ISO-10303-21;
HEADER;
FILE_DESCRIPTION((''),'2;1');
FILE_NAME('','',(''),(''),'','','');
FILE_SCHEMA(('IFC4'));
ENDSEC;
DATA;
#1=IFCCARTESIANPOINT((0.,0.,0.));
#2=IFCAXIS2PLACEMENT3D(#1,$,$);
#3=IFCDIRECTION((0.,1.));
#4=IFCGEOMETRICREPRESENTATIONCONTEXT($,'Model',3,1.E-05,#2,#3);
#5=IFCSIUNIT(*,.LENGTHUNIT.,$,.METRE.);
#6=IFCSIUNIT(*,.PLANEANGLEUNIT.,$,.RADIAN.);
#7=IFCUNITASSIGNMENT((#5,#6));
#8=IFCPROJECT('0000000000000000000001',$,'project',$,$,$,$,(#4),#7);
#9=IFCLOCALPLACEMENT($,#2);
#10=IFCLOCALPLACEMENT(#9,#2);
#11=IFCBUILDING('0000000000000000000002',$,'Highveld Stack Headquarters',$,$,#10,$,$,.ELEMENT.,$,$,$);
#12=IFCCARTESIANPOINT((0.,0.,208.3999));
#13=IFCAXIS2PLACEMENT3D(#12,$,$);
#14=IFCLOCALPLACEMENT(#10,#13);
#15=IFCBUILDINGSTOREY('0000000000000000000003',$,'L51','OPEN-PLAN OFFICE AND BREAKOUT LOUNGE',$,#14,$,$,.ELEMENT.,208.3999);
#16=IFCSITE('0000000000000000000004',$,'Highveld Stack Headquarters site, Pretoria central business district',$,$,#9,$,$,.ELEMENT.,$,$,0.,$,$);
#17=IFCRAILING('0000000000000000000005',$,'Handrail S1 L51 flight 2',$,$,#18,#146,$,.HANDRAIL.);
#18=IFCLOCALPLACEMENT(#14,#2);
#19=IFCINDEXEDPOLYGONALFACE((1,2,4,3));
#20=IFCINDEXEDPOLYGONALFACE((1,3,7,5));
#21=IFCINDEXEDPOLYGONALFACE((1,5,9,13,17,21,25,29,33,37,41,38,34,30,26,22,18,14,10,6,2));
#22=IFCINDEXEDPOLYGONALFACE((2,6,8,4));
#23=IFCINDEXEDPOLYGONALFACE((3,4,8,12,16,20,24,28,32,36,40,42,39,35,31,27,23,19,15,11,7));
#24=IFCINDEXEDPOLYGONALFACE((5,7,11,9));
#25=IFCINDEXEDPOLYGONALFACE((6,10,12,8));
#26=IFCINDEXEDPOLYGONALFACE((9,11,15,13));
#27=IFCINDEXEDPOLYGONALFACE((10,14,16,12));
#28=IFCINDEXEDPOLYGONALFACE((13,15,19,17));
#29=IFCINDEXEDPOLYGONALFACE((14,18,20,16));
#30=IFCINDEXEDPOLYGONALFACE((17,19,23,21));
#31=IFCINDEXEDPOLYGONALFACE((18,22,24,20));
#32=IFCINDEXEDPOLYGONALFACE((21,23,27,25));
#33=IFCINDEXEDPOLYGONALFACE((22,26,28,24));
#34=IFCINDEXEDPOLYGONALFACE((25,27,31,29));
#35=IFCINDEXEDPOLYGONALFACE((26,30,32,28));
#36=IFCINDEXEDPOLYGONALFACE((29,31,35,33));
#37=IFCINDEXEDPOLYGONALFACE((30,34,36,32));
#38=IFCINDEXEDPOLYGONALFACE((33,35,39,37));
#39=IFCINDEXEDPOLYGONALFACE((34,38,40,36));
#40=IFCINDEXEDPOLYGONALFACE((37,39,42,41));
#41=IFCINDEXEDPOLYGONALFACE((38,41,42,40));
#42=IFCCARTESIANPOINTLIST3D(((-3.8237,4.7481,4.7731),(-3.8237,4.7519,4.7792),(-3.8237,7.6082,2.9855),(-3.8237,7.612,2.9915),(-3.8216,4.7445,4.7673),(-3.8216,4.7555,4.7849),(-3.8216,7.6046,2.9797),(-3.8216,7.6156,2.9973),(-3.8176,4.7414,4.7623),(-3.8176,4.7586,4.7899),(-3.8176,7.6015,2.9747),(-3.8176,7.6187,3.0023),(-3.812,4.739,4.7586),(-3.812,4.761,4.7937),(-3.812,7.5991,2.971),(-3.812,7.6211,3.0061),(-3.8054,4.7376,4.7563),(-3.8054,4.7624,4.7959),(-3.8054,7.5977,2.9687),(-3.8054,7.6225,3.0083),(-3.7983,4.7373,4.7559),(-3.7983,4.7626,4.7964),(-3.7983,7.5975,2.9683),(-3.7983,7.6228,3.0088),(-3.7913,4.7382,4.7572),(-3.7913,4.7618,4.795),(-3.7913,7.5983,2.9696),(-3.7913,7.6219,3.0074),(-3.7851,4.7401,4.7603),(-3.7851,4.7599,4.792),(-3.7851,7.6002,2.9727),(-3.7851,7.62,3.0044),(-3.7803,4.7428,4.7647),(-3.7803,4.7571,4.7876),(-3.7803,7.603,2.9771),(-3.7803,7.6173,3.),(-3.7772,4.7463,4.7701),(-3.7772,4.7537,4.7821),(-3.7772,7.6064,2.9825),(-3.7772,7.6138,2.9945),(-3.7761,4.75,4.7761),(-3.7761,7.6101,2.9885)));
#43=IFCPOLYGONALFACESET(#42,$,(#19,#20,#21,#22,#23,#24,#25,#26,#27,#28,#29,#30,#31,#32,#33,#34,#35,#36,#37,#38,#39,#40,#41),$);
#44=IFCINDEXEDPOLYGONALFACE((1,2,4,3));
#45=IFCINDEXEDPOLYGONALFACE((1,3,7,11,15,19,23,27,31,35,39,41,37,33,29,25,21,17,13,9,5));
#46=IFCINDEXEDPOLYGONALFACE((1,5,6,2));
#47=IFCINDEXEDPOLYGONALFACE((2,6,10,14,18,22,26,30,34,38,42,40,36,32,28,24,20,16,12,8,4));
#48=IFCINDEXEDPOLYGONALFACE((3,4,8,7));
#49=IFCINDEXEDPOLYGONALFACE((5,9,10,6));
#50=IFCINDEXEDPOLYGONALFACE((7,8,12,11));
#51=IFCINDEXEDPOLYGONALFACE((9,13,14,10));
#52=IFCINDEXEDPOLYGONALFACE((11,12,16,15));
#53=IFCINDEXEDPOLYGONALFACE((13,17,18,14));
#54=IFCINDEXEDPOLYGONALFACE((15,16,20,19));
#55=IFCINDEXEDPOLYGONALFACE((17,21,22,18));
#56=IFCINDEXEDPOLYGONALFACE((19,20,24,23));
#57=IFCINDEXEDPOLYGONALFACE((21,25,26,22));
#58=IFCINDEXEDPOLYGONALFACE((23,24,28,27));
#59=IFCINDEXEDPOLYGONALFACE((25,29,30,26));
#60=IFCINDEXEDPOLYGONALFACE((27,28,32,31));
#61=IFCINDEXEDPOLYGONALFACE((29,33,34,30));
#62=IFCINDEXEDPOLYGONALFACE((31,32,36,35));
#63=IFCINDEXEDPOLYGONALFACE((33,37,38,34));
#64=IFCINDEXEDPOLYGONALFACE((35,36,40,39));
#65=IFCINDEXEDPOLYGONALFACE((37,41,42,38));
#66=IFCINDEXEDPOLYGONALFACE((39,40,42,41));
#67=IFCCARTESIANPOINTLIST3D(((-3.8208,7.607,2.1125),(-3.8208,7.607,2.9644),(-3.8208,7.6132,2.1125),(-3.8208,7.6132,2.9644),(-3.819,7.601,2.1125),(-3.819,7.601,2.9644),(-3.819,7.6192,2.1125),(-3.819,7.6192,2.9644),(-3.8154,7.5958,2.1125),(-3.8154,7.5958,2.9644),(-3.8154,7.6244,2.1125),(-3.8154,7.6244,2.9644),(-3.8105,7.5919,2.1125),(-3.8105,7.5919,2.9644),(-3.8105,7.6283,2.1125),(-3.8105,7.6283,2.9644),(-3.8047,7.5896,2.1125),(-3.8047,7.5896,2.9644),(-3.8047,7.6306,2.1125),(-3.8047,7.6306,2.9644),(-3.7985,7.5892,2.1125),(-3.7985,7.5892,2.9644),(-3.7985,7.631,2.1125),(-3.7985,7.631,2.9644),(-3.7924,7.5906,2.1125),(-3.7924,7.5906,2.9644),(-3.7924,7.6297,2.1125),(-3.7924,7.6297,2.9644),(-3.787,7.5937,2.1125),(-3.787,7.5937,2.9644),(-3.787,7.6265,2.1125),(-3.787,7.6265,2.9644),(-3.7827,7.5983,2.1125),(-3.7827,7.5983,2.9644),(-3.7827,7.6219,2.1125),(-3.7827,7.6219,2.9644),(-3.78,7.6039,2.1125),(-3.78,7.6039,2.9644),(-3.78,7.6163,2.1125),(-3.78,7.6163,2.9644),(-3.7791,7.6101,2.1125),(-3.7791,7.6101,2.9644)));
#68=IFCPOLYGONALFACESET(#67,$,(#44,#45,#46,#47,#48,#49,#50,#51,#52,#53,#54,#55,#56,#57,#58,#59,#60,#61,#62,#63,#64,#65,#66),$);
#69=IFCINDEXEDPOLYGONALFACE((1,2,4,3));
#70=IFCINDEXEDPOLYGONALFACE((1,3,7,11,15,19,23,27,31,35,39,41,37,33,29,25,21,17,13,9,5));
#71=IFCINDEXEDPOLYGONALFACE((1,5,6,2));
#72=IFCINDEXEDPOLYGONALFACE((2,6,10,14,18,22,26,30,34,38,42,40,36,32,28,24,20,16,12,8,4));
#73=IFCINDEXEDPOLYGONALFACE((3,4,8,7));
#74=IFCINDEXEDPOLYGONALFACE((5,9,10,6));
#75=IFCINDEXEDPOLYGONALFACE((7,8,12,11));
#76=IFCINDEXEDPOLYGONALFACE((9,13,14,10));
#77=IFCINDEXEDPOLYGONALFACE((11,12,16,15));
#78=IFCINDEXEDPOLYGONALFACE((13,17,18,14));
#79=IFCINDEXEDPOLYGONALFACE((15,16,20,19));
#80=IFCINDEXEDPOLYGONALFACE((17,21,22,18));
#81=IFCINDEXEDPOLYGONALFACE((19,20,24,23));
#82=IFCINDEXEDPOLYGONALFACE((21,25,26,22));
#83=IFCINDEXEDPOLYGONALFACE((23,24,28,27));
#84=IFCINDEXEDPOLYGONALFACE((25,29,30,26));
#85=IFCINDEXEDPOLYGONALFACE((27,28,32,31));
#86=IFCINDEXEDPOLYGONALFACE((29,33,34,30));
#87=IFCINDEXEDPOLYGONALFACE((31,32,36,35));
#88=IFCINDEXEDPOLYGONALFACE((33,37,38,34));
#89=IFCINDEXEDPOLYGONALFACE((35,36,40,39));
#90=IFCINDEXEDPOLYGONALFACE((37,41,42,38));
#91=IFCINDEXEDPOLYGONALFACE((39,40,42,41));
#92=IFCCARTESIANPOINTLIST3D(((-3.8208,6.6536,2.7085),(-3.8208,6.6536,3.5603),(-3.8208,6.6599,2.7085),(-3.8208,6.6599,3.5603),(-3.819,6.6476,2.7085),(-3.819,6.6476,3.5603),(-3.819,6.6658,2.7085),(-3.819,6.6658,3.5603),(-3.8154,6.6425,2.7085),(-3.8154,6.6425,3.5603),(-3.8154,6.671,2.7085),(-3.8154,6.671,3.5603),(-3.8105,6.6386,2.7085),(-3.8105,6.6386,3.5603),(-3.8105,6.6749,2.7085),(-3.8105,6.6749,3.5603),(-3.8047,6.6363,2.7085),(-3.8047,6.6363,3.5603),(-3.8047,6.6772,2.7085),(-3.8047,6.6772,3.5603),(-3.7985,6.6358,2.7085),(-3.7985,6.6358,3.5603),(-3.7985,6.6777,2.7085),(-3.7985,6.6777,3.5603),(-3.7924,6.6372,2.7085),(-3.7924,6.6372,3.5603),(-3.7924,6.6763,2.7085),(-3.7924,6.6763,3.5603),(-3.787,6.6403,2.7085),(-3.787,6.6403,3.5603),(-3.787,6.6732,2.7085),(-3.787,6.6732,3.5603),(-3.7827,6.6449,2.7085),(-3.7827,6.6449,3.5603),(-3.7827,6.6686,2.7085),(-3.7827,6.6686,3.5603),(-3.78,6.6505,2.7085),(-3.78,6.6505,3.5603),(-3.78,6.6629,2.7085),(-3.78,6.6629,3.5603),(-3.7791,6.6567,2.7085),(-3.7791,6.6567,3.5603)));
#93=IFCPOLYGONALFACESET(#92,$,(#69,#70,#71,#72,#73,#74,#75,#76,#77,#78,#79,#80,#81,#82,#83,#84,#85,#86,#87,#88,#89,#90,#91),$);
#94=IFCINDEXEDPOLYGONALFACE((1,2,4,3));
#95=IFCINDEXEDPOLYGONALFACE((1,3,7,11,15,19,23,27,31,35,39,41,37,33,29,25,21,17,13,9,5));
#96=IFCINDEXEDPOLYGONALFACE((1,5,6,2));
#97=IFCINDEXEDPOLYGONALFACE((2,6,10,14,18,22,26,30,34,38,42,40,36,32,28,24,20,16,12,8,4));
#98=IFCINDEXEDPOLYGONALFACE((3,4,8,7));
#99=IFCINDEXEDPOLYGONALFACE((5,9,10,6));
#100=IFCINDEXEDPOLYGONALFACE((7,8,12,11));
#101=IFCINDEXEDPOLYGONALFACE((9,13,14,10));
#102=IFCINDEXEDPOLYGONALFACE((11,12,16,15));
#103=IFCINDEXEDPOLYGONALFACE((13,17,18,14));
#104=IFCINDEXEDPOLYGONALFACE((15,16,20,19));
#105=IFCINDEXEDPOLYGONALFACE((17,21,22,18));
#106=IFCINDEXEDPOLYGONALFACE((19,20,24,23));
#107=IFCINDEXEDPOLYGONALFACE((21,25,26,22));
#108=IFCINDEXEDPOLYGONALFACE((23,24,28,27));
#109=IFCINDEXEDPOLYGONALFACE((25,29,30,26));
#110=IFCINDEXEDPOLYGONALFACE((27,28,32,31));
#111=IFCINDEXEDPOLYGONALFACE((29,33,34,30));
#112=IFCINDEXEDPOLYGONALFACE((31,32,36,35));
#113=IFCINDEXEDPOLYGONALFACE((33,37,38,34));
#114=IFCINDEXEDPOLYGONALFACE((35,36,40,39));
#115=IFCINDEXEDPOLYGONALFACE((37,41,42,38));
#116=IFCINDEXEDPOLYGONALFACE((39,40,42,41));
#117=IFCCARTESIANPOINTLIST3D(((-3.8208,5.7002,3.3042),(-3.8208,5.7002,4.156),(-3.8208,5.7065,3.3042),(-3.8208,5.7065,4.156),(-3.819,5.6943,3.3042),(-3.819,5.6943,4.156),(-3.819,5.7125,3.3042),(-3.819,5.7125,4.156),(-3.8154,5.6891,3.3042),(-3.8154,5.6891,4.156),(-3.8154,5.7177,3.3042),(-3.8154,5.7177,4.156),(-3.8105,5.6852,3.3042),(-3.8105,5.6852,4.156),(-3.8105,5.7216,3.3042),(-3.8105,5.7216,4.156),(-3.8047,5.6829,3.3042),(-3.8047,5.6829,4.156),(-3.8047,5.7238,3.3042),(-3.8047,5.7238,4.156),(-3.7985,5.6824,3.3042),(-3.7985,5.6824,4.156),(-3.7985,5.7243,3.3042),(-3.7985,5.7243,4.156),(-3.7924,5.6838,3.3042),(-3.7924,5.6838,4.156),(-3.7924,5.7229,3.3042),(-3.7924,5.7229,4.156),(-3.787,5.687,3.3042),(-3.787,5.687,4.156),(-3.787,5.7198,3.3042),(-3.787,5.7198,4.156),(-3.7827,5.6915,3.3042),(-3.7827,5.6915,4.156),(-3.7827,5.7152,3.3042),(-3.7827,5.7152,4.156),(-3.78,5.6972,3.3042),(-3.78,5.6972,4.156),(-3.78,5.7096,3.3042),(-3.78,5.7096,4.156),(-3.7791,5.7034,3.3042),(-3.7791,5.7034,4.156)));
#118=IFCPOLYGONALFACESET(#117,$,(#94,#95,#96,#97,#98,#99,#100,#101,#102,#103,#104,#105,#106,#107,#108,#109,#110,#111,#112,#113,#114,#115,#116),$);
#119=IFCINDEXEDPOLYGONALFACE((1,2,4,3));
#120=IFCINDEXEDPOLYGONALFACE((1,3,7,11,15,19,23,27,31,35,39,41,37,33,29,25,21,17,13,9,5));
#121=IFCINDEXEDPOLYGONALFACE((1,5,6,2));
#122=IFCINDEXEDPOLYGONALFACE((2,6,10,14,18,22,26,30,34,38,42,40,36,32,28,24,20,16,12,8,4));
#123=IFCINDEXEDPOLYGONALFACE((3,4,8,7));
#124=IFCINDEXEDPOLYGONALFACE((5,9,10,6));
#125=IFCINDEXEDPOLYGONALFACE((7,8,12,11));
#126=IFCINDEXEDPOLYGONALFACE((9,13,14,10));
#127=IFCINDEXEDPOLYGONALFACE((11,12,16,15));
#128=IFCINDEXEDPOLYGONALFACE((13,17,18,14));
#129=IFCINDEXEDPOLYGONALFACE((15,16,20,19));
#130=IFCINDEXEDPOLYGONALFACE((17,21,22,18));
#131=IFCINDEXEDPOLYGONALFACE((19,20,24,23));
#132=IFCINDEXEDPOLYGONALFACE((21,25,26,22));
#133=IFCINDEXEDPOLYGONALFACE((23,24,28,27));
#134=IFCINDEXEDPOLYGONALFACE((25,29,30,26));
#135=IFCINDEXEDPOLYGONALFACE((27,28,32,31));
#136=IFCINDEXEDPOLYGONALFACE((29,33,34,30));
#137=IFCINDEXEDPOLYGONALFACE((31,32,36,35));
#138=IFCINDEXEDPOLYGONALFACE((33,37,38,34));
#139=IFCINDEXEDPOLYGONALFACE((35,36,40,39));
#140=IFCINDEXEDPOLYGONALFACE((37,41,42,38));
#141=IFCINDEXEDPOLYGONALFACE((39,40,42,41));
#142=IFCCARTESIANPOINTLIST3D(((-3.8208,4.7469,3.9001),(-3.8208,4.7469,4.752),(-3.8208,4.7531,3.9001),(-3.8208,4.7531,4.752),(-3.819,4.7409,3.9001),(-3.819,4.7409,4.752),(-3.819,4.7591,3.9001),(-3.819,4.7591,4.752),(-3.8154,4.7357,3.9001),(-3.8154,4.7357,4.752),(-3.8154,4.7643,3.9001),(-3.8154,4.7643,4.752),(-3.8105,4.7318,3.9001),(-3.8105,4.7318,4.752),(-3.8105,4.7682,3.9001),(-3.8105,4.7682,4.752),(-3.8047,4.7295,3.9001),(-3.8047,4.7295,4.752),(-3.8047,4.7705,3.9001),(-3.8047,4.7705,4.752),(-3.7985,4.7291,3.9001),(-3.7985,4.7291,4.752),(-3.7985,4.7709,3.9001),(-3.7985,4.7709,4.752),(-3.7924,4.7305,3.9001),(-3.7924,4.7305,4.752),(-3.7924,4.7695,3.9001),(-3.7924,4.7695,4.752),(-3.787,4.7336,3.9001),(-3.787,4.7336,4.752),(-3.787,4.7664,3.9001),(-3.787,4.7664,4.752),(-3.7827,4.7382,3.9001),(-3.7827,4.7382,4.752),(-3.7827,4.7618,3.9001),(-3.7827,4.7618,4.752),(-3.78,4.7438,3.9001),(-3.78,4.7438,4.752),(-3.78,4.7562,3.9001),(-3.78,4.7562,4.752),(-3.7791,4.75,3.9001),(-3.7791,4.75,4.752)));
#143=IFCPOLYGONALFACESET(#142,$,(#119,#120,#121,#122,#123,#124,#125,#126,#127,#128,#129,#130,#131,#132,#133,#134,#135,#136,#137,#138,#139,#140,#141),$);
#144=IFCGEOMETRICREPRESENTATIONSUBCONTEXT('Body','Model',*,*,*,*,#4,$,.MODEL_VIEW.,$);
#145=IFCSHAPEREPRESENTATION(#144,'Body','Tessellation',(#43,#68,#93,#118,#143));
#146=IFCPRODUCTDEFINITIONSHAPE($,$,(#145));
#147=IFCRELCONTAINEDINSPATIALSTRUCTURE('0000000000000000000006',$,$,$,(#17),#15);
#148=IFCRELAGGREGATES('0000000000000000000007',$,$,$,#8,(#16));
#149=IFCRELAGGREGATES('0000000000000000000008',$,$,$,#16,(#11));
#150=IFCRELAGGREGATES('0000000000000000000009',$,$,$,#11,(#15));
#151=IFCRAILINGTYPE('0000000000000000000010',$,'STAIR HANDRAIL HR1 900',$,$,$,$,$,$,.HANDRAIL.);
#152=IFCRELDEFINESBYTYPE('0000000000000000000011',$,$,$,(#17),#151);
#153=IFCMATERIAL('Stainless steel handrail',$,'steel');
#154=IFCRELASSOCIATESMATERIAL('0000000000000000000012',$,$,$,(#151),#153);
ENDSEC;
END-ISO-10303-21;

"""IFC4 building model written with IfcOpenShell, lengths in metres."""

from ifc_helpers import new_model, si_unit, direction, frame, origin, origin_2d, place, context, subcontext, project, spatial, circle, extrude, material, type_object, element, save


model = new_model("IFC4")

# Units and contexts
model_context = context("Model", 3, precision=1e-05, world=origin(), true_north=direction((0.0, 1.0)))
body_context = subcontext(model_context, "Body", "Model", "MODEL_VIEW")
ifc_project = project(units=[si_unit("LENGTHUNIT", "METRE"), si_unit("PLANEANGLEUNIT", "RADIAN")], contexts=[model_context])

# Site, building, storey
site_placement = place(None, origin())
site = spatial("IfcSite", under=ifc_project, at=site_placement, Name="Highveld Stack Headquarters site, Pretoria central business district", CompositionType="ELEMENT", RefElevation=0.0)
building_placement = place(site_placement, origin())
building = spatial("IfcBuilding", under=site, at=building_placement, Name="Highveld Stack Headquarters", CompositionType="ELEMENT")
storey_placement = place(building_placement, frame((0.0, 0.0, 208.3999)))
storey = spatial("IfcBuildingStorey", under=building, at=storey_placement, Name="L51", Description="OPEN-PLAN OFFICE AND BREAKOUT LOUNGE", CompositionType="ELEMENT", Elevation=208.3999)

# Railing
ifc_material_1 = material(Name="Stainless steel handrail", Category="steel")
railing_type = type_object("IfcRailingType", Name="STAIR HANDRAIL HR1 900", PredefinedType="HANDRAIL", material=ifc_material_1)
for number, where, name in (
    (1, (-3.8, 7.6101, 2.1125), "Handrail S1 L51 flight 2"),
):
    element("IfcRailing", number, at=place(storey_placement, frame(where)), inside=storey, type_object=railing_type, Name=name, PredefinedType="HANDRAIL", context=body_context, shape_type="SweptSolid", body=[
        extrude(circle(Radius=0.0239, at=origin_2d()), frame((0.0, 0.0, 0.876), z_axis=(0.0, -0.847994, 0.530005), x_axis=(1.0, 0.0, 0.0)), (0.0, 0.0, 1.0), 3.3728),
        extrude(circle(Radius=0.021, at=origin_2d()), origin(), (0.0, 0.0, 1.0), 0.8518),
        extrude(circle(Radius=0.021, at=origin_2d()), frame((0.0, -0.9534, 0.5959)), (0.0, 0.0, 1.0), 0.8518),
        extrude(circle(Radius=0.021, at=origin_2d()), frame((0.0, -1.9067, 1.1917)), (0.0, 0.0, 1.0), 0.8518),
        extrude(circle(Radius=0.021, at=origin_2d()), frame((0.0, -2.8601, 1.7876)), (0.0, 0.0, 1.0), 0.8518),
    ])

save(model, "model.ifc")
